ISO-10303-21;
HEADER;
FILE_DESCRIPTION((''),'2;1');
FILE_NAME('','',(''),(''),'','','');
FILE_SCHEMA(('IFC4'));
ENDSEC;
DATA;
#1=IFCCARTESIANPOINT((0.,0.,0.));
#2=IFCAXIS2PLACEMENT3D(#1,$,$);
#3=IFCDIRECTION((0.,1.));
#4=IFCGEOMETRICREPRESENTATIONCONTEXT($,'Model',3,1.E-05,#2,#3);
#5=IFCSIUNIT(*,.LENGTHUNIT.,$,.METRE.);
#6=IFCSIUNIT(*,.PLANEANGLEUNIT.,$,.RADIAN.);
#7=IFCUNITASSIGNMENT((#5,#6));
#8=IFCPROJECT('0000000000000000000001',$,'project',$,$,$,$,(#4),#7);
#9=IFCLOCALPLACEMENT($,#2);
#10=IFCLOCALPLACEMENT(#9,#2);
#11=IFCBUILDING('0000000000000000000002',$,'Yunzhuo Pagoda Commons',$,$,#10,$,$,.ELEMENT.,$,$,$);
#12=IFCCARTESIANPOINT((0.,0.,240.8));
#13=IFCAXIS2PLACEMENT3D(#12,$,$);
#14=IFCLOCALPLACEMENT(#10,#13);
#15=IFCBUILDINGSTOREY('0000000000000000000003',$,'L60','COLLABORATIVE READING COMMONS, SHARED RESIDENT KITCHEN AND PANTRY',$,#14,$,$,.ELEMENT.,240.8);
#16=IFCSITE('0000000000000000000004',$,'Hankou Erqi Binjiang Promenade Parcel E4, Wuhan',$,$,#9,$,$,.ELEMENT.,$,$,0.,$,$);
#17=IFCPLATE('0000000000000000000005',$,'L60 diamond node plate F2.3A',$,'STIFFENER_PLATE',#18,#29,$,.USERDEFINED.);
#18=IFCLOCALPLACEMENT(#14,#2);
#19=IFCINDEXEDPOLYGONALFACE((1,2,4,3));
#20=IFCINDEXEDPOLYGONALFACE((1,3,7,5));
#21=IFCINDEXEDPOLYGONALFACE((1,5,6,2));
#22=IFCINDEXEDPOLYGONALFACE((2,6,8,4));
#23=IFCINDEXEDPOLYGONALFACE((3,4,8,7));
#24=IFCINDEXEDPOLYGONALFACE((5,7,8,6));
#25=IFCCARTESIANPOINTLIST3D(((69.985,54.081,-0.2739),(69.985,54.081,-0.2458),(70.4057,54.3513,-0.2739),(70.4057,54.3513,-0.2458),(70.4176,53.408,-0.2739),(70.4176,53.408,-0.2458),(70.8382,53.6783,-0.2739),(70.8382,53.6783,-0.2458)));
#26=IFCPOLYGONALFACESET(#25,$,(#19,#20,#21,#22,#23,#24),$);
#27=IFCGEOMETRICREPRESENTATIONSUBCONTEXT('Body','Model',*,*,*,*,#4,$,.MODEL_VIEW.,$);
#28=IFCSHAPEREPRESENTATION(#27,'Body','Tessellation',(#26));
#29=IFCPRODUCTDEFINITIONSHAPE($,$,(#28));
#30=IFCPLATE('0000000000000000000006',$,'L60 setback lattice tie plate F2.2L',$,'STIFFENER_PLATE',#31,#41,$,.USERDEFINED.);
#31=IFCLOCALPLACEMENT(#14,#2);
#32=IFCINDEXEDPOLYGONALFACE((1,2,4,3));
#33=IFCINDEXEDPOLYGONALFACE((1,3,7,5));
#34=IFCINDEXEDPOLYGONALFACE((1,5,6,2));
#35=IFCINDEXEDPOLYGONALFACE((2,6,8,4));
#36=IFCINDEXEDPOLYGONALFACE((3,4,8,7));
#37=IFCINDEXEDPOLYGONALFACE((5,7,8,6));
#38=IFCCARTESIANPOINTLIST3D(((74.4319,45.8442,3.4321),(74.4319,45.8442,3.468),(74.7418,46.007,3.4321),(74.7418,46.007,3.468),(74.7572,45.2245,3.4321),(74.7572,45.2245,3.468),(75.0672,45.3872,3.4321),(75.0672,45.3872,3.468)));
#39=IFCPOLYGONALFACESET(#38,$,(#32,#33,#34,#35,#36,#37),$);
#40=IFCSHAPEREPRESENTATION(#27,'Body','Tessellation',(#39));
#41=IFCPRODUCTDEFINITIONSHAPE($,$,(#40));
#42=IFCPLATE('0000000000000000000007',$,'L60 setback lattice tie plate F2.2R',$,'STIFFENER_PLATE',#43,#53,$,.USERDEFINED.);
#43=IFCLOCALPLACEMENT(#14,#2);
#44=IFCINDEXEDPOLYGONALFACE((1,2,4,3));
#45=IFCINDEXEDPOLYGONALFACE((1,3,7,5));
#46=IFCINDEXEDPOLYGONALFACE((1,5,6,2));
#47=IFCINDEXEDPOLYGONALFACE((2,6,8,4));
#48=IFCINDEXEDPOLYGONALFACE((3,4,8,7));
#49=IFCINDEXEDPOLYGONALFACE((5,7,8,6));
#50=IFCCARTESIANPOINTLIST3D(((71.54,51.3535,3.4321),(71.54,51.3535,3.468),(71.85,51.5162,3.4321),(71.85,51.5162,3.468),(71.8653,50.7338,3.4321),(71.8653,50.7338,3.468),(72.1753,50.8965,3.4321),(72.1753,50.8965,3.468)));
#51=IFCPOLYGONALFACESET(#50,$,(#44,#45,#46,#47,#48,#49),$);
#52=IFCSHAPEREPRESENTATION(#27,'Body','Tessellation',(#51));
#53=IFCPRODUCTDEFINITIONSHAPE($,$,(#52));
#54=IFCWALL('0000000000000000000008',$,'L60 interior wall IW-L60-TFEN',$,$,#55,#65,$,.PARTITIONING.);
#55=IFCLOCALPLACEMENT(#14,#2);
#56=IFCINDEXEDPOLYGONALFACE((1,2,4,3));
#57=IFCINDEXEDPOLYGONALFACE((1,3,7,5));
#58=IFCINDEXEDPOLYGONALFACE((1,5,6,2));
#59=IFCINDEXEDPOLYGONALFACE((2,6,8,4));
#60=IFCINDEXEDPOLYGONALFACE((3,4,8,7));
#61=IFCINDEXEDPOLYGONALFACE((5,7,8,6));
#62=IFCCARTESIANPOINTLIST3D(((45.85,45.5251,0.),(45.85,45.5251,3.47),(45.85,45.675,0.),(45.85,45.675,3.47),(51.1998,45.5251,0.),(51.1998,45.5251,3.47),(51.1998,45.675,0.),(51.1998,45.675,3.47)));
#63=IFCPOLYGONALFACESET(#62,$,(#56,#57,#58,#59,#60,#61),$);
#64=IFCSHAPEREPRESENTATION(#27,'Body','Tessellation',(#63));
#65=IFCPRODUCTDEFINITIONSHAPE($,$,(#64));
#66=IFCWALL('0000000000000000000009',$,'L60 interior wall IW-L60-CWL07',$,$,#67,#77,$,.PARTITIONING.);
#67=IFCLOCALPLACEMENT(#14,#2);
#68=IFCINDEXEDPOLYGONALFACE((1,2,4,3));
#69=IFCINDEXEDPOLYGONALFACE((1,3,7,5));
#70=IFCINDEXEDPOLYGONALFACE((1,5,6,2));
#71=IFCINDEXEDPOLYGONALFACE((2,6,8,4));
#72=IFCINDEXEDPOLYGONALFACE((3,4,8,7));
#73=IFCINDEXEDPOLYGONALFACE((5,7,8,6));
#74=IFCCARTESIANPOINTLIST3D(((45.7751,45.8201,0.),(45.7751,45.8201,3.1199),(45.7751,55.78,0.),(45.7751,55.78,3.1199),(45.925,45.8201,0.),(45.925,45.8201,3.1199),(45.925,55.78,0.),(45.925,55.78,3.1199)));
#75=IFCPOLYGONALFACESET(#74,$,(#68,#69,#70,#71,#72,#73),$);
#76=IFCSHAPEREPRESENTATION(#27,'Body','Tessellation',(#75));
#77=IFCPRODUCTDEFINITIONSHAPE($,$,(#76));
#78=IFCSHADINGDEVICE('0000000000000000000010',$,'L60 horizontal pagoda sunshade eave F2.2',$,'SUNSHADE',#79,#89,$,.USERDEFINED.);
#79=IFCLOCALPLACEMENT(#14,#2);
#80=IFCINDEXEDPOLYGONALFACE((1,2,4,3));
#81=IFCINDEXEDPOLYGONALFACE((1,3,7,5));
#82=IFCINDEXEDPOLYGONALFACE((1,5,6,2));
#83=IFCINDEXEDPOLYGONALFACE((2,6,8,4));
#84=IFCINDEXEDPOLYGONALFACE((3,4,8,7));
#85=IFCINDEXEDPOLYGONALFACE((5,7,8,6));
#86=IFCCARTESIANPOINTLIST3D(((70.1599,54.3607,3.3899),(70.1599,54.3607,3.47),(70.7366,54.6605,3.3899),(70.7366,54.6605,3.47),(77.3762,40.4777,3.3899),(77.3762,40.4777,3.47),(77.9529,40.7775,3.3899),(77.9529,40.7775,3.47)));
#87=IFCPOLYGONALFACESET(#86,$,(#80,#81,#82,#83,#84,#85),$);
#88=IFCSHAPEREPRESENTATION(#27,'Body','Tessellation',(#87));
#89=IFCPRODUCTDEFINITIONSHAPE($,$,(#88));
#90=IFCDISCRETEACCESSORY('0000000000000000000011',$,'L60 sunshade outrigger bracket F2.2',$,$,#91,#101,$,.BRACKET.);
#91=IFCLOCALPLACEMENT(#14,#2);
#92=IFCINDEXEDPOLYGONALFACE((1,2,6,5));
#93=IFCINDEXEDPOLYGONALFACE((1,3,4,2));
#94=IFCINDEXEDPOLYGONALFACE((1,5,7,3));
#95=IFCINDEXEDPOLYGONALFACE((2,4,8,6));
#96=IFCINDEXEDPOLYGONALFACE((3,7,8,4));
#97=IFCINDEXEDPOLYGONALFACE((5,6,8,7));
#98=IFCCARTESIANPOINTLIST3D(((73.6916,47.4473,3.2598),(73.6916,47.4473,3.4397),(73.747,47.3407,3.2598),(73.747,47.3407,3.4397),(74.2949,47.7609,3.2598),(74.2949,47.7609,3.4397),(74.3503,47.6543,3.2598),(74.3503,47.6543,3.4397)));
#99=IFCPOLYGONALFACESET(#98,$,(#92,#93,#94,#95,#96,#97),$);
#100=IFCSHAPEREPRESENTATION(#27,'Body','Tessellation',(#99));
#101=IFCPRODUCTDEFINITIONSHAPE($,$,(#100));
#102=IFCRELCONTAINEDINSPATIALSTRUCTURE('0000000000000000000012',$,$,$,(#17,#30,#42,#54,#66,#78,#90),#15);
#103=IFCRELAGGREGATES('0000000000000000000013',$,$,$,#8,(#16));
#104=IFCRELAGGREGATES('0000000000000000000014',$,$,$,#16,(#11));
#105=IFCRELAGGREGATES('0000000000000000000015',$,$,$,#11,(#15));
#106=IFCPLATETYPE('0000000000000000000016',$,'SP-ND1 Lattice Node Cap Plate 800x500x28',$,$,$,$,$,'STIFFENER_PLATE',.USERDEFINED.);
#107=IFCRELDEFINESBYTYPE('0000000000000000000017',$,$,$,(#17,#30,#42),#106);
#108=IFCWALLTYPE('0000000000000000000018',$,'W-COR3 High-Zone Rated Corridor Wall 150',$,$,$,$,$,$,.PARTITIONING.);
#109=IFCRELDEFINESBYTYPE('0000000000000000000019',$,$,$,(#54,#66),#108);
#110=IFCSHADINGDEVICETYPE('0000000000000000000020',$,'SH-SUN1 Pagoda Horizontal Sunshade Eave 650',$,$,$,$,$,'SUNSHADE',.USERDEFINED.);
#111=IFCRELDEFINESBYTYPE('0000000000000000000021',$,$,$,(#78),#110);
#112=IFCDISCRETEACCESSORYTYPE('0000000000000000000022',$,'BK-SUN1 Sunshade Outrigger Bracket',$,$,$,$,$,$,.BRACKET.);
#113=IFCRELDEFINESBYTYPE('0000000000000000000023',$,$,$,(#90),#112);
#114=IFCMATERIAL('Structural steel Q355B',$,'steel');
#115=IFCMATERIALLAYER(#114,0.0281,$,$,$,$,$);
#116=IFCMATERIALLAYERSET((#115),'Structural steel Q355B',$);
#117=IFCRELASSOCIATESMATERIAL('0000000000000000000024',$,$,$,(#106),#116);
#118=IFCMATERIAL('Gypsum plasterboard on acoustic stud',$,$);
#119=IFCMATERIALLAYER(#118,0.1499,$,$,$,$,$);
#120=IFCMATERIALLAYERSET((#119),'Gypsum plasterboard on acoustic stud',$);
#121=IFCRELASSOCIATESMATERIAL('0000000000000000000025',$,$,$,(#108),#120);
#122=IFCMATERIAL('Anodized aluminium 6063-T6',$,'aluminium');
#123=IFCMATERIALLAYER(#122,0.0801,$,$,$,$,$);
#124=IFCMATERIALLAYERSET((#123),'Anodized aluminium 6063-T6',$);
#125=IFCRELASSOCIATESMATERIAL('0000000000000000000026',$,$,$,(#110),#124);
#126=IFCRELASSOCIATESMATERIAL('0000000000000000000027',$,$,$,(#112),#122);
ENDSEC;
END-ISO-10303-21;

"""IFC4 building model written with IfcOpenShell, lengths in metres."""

from ifc_helpers import new_model, si_unit, direction, frame, frame_2d, origin, origin_2d, place, context, subcontext, project, spatial, rectangle, extrude, source, transform, mapped, material, layer, layer_set, type_object, element, save


model = new_model("IFC4")

# Units and contexts
model_context = context("Model", 3, precision=1e-05, world=origin(), true_north=direction((0.0, 1.0)))
body_context = subcontext(model_context, "Body", "Model", "MODEL_VIEW")
ifc_project = project(units=[si_unit("LENGTHUNIT", "METRE"), si_unit("PLANEANGLEUNIT", "RADIAN")], contexts=[model_context])

# Site, building, storey
site_placement = place(None, origin())
site = spatial("IfcSite", under=ifc_project, at=site_placement, Name="Hankou Erqi Binjiang Promenade Parcel E4, Wuhan", CompositionType="ELEMENT", RefElevation=0.0)
building_placement = place(site_placement, origin())
building = spatial("IfcBuilding", under=site, at=building_placement, Name="Yunzhuo Pagoda Commons", CompositionType="ELEMENT")
storey_placement = place(building_placement, frame((0.0, 0.0, 240.8)))
storey = spatial("IfcBuildingStorey", under=building, at=storey_placement, Name="L60", Description="COLLABORATIVE READING COMMONS, SHARED RESIDENT KITCHEN AND PANTRY", CompositionType="ELEMENT", Elevation=240.8)

# Shared definitions
ifc_material_1 = material(Name="Structural steel Q355B", Category="steel")

# Shared definitions
ifc_material_2 = material(Name="Anodized aluminium 6063-T6", Category="aluminium")

# Plates
ifc_layer_1 = layer(ifc_material_1, 0.0281)
ifc_layer_set_1 = layer_set([ifc_layer_1], Name="Structural steel Q355B")
plate_type_1 = type_object("IfcPlateType", Name="SP-ND1 Lattice Node Cap Plate 800x500x28", ElementType="STIFFENER_PLATE", PredefinedType="USERDEFINED", material=ifc_layer_set_1)
shared_shape_1 = source(origin(), body_context, "Body", "SweptSolid", [
    extrude(rectangle(XDim=0.8, YDim=0.5, at=origin_2d()), origin(), (0.0, 0.0, 1.0), 0.0281),
])
plate_1_placement = place(storey_placement, frame((70.4116, 53.8796, -0.2739), z_axis=(0.0, 0.0, 1.0), x_axis=(-0.540622, 0.841266, 0.0)))
element("IfcPlate", 1, at=plate_1_placement, inside=storey, type_object=plate_type_1, Name="L60 diamond node plate F2.3A", ObjectType="STIFFENER_PLATE", PredefinedType="USERDEFINED", context=body_context, shape_type="MappedRepresentation", body=[
    mapped(shared_shape_1, transform((0.0, 0.0, 0.0), scale=1.0)),
])
shared_shape_2 = source(origin(), body_context, "Body", "SweptSolid", [
    extrude(rectangle(XDim=0.7, YDim=0.3501, at=origin_2d()), origin(), (0.0, 0.0, 1.0), 0.0359),
])
for number, where, z_axis, x_axis, name in (
    (2, (74.7495, 45.6157, 3.4321), (0.0, 0.0, 1.0), (-0.464765, 0.885434, 0.0), "L60 setback lattice tie plate F2.2L"),
    (3, (71.8577, 51.125, 3.4321), (0.0, 0.0, 1.0), (-0.464765, 0.885434, 0.0), "L60 setback lattice tie plate F2.2R"),
):
    element("IfcPlate", number, at=place(storey_placement, frame(where, z_axis=z_axis, x_axis=x_axis)), inside=storey, type_object=plate_type_1, Name=name, ObjectType="STIFFENER_PLATE", PredefinedType="USERDEFINED", context=body_context, shape_type="MappedRepresentation", body=[
        mapped(shared_shape_2, transform((0.0, 0.0, 0.0), scale=1.0)),
    ])

# Walls
ifc_material_3 = material(Name="Gypsum plasterboard on acoustic stud")
ifc_layer_2 = layer(ifc_material_3, 0.1499)
ifc_layer_set_2 = layer_set([ifc_layer_2], Name="Gypsum plasterboard on acoustic stud")
wall_type = type_object("IfcWallType", Name="W-COR3 High-Zone Rated Corridor Wall 150", PredefinedType="PARTITIONING", material=ifc_layer_set_2)
wall_1_placement = place(storey_placement, frame((45.8501, 45.6001, 0.0), z_axis=(0.0, 0.0, 1.0), x_axis=(1.0, 0.0, 0.0)))
element("IfcWall", 4, at=wall_1_placement, inside=storey, type_object=wall_type, Name="L60 interior wall IW-L60-TFEN", PredefinedType="PARTITIONING", context=body_context, shape_type="SweptSolid", body=[
    extrude(rectangle(XDim=5.3499, YDim=0.1499, at=frame_2d((2.6748, 0.0))), origin(), (0.0, 0.0, 1.0), 3.47),
])
wall_2_placement = place(storey_placement, frame((45.8501, 55.78, 0.0), z_axis=(0.0, 0.0, 1.0), x_axis=(0.0, -1.0, 0.0)))
element("IfcWall", 5, at=wall_2_placement, inside=storey, type_object=wall_type, Name="L60 interior wall IW-L60-CWL07", PredefinedType="PARTITIONING", context=body_context, shape_type="SweptSolid", body=[
    extrude(rectangle(XDim=9.96, YDim=0.1499, at=frame_2d((4.98, 0.0))), origin(), (0.0, 0.0, 1.0), 3.1199),
])

# Shading device
ifc_layer_3 = layer(ifc_material_2, 0.0801)
ifc_layer_set_3 = layer_set([ifc_layer_3], Name="Anodized aluminium 6063-T6")
shading_device_type = type_object("IfcShadingDeviceType", Name="SH-SUN1 Pagoda Horizontal Sunshade Eave 650", ElementType="SUNSHADE", PredefinedType="USERDEFINED", material=ifc_layer_set_3)
shared_shape_3 = source(origin(), body_context, "Body", "SweptSolid", [
    extrude(rectangle(XDim=15.6465, YDim=0.6499, at=origin_2d()), origin(), (0.0, 0.0, 1.0), 0.0801),
])
shading_device_placement = place(storey_placement, frame((74.0564, 47.5691, 3.3899), z_axis=(0.0, 0.0, 1.0), x_axis=(-0.461207, 0.887293, 0.0)))
element("IfcShadingDevice", 6, at=shading_device_placement, inside=storey, type_object=shading_device_type, Name="L60 horizontal pagoda sunshade eave F2.2", ObjectType="SUNSHADE", PredefinedType="USERDEFINED", context=body_context, shape_type="MappedRepresentation", body=[
    mapped(shared_shape_3, transform((0.0, 0.0, 0.0), scale=1.0)),
])

# Discrete accessory
discrete_accessory_type = type_object("IfcDiscreteAccessoryType", Name="BK-SUN1 Sunshade Outrigger Bracket", PredefinedType="BRACKET", material=ifc_material_2)
shared_shape_4 = source(origin(), body_context, "Body", "SweptSolid", [
    extrude(rectangle(XDim=0.1201, YDim=0.6799, at=origin_2d()), origin(), (0.0, 0.0, 1.0), 0.1799),
])
discrete_accessory_placement = place(storey_placement, frame((74.021, 47.5508, 3.2598), z_axis=(0.0, 0.0, 1.0), x_axis=(-0.461207, 0.887293, 0.0)))
element("IfcDiscreteAccessory", 7, at=discrete_accessory_placement, inside=storey, type_object=discrete_accessory_type, Name="L60 sunshade outrigger bracket F2.2", PredefinedType="BRACKET", context=body_context, shape_type="MappedRepresentation", body=[
    mapped(shared_shape_4, transform((0.0, 0.0, 0.0), scale=1.0)),
])

save(model, "model.ifc")
